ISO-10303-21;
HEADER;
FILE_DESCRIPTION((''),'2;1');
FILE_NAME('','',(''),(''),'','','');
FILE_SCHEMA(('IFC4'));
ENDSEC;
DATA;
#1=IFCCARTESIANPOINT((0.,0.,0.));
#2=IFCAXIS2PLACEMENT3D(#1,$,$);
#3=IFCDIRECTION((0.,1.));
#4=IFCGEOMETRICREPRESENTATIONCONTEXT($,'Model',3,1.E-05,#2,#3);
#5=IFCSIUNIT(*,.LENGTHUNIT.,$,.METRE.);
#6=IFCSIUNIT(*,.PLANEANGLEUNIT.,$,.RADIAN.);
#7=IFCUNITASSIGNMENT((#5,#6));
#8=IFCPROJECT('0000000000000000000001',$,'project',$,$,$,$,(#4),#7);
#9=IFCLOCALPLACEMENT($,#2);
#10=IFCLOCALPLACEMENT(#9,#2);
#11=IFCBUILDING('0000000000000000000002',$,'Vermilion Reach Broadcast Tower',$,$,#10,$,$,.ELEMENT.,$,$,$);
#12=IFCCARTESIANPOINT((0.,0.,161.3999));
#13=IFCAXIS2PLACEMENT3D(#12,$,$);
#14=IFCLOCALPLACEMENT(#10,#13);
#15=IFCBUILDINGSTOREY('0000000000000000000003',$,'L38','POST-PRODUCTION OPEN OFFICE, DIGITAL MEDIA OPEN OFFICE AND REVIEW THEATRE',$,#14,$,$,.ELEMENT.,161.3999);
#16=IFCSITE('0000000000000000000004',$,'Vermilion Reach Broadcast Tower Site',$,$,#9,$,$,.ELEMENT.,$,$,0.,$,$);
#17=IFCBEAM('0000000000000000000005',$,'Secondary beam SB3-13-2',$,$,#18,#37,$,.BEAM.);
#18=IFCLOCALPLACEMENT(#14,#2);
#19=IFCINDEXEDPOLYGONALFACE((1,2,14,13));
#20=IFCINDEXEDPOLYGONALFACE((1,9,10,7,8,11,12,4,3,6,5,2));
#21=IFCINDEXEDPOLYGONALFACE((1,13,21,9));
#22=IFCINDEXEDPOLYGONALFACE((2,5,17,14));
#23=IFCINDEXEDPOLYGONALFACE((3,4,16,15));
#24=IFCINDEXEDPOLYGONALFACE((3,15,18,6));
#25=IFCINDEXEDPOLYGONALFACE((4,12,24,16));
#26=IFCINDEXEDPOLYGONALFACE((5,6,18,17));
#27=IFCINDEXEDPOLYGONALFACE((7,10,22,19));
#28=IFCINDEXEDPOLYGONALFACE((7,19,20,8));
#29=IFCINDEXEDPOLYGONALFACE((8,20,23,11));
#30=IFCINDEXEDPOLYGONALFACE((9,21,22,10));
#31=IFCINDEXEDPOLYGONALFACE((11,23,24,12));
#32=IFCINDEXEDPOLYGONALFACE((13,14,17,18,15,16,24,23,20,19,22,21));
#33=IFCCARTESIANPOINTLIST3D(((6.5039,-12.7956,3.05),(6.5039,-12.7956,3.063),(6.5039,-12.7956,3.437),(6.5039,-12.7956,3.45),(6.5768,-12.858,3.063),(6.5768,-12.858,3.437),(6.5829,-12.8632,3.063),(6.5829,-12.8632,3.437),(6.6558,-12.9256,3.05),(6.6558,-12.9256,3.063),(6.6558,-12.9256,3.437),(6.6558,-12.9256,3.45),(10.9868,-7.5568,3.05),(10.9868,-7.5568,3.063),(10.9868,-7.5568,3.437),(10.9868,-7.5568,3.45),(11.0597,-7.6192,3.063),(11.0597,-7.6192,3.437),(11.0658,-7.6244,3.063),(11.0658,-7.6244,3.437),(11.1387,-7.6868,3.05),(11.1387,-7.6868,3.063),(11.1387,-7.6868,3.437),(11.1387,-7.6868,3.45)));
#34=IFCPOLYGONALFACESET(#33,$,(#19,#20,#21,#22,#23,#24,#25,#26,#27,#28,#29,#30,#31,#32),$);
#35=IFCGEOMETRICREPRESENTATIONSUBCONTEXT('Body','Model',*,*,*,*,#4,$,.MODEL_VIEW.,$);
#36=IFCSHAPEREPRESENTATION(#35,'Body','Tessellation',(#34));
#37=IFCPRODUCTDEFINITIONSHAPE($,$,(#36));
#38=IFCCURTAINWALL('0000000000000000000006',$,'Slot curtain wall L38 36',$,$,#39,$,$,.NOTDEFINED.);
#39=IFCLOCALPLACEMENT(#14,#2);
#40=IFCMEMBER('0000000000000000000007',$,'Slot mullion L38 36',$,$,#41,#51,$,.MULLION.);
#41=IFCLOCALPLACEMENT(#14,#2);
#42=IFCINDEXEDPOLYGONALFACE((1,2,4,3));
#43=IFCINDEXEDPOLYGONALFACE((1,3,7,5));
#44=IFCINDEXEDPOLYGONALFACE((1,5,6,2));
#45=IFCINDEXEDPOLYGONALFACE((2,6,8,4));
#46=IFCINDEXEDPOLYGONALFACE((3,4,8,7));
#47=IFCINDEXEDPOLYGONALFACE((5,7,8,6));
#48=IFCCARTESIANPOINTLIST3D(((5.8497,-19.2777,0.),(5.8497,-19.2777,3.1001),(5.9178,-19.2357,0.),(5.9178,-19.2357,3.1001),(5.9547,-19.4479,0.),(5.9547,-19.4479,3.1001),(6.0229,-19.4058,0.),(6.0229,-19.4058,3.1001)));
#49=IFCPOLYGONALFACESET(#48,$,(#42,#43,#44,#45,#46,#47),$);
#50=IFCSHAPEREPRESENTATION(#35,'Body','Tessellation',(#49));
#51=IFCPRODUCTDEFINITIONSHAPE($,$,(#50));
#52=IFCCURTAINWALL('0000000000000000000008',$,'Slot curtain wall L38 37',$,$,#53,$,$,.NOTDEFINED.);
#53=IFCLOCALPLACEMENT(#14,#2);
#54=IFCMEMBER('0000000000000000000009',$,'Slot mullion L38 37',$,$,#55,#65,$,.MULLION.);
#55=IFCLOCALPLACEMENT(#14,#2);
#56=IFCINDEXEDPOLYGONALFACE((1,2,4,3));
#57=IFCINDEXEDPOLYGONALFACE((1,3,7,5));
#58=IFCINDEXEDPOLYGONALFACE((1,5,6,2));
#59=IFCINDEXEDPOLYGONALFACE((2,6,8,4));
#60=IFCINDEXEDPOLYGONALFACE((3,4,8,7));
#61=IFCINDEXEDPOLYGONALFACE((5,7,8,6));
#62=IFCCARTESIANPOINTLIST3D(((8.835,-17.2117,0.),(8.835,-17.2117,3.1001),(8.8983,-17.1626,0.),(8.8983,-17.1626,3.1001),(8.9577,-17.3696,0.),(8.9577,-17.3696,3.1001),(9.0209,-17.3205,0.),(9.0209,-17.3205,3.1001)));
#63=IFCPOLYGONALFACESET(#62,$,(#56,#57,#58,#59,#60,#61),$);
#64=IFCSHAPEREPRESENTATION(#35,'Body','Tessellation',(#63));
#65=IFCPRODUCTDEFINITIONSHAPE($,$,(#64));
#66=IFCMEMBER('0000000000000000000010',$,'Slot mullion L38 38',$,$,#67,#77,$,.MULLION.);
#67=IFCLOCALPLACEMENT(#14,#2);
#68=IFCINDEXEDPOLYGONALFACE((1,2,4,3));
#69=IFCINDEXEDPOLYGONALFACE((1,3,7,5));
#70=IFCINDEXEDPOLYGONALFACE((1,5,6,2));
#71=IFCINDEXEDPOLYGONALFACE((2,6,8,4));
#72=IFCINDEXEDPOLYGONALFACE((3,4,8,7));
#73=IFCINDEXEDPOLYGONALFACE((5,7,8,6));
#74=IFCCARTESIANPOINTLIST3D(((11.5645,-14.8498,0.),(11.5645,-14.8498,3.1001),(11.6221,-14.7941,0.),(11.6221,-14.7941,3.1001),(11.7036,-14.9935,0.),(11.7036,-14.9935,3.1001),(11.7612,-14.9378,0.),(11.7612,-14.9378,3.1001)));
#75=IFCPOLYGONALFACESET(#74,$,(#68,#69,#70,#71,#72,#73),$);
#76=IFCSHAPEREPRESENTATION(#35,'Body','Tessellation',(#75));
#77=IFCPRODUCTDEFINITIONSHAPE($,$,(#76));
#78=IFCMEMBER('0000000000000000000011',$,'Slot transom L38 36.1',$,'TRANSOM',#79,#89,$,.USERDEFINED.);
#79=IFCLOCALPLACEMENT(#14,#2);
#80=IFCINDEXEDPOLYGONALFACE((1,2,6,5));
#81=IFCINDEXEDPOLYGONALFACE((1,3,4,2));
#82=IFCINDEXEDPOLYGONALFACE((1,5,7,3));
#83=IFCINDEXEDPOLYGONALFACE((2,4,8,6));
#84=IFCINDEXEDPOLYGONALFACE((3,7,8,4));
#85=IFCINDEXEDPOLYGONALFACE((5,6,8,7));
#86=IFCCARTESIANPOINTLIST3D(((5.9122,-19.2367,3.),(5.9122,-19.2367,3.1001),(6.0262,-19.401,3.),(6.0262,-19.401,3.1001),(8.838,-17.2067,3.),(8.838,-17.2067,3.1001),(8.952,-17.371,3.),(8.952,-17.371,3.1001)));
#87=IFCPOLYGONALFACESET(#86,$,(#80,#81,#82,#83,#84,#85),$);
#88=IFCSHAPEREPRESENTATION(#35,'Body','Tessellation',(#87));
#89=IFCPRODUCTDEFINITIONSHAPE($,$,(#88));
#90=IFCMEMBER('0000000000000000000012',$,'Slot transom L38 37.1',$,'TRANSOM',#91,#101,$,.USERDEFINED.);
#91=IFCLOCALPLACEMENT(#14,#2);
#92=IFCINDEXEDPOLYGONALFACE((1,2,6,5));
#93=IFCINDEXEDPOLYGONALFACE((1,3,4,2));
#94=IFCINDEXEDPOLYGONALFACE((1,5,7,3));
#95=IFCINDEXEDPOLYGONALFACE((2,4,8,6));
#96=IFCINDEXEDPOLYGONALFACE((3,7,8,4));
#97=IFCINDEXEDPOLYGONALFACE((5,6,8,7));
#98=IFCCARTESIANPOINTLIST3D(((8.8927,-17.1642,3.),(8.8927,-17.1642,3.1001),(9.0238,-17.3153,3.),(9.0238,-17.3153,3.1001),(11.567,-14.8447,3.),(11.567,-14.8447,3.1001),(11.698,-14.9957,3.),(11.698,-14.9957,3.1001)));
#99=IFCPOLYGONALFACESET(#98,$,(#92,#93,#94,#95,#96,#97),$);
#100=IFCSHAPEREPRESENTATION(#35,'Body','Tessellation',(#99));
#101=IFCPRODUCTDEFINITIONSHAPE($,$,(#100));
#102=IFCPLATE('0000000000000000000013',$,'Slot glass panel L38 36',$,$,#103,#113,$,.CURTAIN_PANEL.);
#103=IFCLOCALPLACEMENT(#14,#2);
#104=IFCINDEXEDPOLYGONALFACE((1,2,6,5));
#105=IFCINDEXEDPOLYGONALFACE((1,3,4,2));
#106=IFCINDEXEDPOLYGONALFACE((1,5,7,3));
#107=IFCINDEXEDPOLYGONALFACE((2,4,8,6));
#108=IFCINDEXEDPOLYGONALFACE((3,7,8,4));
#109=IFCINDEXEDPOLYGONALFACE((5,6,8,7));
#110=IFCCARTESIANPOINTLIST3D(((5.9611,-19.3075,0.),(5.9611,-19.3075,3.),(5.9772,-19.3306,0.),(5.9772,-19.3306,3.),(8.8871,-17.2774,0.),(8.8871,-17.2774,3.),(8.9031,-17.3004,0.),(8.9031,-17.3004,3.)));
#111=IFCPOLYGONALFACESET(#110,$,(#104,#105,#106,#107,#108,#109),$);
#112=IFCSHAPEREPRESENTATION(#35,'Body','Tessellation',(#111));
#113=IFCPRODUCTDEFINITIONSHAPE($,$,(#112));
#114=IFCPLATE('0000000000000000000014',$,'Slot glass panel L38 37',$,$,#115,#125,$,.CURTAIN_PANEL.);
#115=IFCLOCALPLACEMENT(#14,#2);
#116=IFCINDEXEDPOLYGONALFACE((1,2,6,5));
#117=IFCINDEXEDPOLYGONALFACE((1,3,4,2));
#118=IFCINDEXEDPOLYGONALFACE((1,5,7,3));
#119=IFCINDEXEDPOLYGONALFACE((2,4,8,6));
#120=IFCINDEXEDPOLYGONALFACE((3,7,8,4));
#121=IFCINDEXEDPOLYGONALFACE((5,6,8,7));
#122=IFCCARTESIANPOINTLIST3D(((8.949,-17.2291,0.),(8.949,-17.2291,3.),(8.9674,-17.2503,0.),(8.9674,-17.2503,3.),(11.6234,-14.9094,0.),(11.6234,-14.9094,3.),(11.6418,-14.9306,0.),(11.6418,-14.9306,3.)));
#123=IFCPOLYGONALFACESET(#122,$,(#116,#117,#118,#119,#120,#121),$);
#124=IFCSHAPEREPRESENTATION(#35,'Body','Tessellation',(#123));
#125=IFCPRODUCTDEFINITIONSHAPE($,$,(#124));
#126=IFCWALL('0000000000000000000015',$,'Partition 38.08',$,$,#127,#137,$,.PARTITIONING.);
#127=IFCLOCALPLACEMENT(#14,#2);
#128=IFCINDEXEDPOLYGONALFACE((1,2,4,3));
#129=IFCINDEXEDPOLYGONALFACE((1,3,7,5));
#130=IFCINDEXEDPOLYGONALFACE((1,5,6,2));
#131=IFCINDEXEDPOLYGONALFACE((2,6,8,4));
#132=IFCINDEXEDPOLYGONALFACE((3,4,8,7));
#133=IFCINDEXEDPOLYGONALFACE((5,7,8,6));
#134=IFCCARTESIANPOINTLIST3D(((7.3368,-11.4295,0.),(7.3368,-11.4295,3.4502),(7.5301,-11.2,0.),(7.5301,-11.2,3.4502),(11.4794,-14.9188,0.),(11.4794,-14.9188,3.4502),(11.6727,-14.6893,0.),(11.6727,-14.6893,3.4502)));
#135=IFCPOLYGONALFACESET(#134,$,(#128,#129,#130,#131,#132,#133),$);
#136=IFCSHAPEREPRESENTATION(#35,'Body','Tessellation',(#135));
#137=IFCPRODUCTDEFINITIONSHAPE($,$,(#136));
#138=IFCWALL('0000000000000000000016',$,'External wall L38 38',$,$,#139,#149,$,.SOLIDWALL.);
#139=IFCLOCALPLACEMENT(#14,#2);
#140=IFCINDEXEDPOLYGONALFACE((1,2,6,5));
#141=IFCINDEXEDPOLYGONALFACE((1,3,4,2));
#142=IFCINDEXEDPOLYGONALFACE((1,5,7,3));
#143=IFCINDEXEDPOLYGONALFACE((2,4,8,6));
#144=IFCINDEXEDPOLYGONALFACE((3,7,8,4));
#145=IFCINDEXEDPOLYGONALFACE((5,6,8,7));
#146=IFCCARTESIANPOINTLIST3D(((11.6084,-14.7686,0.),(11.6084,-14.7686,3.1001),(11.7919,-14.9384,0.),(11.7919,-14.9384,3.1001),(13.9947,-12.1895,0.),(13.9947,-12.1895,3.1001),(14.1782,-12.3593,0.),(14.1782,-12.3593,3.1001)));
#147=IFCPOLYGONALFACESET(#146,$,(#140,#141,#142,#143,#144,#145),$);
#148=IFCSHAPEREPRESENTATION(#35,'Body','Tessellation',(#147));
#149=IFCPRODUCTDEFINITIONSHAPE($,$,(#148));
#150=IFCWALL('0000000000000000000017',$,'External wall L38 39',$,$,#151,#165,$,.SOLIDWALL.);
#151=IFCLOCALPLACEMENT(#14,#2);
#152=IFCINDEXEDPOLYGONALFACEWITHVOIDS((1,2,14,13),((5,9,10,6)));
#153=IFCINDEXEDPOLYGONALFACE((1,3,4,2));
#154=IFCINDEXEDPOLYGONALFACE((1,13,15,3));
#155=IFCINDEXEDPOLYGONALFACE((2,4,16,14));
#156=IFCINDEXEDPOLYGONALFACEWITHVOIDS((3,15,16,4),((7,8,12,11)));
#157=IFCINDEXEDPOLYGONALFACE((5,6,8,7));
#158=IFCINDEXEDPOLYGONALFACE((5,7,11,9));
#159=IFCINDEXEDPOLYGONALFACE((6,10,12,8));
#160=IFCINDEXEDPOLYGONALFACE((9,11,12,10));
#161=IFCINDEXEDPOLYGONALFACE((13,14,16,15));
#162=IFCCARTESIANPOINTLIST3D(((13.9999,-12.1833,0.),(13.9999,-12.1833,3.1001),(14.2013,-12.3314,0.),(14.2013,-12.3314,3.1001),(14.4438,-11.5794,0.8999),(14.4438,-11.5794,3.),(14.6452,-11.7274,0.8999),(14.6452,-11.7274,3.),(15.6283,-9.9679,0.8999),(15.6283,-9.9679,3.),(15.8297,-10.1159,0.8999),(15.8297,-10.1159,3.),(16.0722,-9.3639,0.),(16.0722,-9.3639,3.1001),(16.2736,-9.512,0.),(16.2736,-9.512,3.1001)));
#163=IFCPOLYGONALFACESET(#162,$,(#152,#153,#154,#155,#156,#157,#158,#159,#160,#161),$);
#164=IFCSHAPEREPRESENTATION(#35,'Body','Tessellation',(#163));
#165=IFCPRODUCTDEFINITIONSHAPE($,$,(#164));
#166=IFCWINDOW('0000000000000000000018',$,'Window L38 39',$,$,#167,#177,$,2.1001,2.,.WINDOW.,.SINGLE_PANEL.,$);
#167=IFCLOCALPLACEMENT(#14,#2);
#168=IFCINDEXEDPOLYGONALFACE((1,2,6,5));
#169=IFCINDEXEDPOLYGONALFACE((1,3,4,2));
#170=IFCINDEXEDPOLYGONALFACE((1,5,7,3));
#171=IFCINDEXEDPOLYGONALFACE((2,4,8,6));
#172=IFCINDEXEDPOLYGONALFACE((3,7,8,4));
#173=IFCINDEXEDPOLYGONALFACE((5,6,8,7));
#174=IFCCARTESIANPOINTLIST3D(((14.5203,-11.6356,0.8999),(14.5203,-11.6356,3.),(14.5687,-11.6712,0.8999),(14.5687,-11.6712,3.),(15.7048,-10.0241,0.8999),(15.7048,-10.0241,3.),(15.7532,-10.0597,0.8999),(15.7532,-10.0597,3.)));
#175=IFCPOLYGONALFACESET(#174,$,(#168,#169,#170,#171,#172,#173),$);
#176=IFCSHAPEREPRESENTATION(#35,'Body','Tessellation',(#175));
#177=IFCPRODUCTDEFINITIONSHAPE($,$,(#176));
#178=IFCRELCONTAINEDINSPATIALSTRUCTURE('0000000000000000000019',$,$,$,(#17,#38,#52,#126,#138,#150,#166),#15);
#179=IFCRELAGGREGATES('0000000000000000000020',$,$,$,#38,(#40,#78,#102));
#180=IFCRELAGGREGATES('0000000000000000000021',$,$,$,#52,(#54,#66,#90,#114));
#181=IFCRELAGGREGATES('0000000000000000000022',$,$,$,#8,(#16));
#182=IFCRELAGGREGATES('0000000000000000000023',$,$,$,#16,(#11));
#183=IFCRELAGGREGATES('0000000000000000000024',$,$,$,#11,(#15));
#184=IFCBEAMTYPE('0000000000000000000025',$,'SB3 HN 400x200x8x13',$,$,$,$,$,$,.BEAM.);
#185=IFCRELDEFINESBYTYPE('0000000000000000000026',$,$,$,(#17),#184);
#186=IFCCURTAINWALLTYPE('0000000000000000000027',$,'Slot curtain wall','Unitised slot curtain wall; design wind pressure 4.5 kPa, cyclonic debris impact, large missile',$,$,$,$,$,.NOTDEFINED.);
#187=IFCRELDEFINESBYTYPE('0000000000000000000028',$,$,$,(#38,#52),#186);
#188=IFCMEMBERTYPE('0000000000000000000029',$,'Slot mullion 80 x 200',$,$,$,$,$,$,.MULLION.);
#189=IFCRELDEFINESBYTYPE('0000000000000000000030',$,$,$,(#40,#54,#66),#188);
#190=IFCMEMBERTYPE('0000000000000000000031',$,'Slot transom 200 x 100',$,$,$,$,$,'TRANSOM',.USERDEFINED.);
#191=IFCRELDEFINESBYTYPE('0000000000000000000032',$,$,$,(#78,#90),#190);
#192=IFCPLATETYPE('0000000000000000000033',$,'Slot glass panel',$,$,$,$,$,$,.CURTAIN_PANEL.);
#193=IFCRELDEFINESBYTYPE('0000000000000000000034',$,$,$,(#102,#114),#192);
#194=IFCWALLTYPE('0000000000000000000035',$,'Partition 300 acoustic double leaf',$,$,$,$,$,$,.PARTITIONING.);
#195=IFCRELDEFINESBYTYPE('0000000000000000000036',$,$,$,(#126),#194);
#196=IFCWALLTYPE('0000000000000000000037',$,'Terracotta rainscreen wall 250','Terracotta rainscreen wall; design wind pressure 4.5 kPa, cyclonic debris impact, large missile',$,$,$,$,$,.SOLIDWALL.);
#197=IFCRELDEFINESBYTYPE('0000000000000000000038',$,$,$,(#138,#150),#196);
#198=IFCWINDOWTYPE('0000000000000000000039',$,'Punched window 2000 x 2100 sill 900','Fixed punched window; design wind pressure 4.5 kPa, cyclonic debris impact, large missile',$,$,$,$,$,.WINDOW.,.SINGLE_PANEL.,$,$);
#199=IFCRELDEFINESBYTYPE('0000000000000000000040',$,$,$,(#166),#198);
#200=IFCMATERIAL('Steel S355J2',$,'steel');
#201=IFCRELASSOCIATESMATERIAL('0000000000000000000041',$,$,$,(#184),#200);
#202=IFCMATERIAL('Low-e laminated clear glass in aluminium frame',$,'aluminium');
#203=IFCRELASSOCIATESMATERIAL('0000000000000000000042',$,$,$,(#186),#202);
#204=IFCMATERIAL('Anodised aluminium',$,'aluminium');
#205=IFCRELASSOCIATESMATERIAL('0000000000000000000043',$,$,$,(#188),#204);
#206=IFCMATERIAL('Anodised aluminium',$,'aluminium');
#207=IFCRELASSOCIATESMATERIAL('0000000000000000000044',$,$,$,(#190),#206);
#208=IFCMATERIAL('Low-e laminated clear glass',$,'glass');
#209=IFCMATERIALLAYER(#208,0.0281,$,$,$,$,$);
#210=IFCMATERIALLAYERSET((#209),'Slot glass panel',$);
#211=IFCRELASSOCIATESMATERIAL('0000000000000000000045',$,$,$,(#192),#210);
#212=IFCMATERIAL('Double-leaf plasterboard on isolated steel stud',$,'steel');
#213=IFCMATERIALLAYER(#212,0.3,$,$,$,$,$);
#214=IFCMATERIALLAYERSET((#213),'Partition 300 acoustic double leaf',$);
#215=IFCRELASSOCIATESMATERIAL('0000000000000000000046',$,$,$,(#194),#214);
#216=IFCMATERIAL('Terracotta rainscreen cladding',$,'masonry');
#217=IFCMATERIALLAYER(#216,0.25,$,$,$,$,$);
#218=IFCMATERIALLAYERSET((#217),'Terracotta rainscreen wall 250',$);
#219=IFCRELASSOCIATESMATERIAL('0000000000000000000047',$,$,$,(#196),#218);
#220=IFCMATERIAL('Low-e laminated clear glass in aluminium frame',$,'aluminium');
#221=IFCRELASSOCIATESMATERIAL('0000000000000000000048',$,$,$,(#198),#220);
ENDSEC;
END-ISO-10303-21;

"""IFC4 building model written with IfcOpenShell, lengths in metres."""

from ifc_helpers import new_model, si_unit, direction, frame, frame_2d, origin, origin_2d, place, context, subcontext, project, spatial, rectangle, i_section, extrude, material, layer, layer_set, material_profile, profile_set, type_object, element, fill, aggregate, save


model = new_model("IFC4")

# Units and contexts
model_context = context("Model", 3, precision=1e-05, world=origin(), true_north=direction((0.0, 1.0)))
body_context = subcontext(model_context, "Body", "Model", "MODEL_VIEW")
ifc_project = project(units=[si_unit("LENGTHUNIT", "METRE"), si_unit("PLANEANGLEUNIT", "RADIAN")], contexts=[model_context])

# Site, building, storey
site_placement = place(None, origin())
site = spatial("IfcSite", under=ifc_project, at=site_placement, Name="Vermilion Reach Broadcast Tower Site", CompositionType="ELEMENT", RefElevation=0.0)
building_placement = place(site_placement, origin())
building = spatial("IfcBuilding", under=site, at=building_placement, Name="Vermilion Reach Broadcast Tower", CompositionType="ELEMENT")
storey_placement = place(building_placement, frame((0.0, 0.0, 161.3999)))
storey = spatial("IfcBuildingStorey", under=building, at=storey_placement, Name="L38", Description="POST-PRODUCTION OPEN OFFICE, DIGITAL MEDIA OPEN OFFICE AND REVIEW THEATRE", CompositionType="ELEMENT", Elevation=161.3999)

# Beam
ifc_material_1 = material(Name="Steel S355J2", Category="steel")
ifc_material_profile_1 = material_profile(ifc_material_1, i_section(OverallWidth=0.2, OverallDepth=0.3999, WebThickness=0.0081, FlangeThickness=0.0129, at=origin_2d()), Name="S355J2 HN 400x200x8x13")
ifc_profile_set_1 = profile_set([ifc_material_profile_1], Name="Steel S355J2")
beam_type_1 = type_object("IfcBeamType", Name="SB3 HN 400x200x8x13", PredefinedType="BEAM", material=ifc_profile_set_1)
beam_1_placement = place(storey_placement, frame((6.5798, -12.8606, 3.25), z_axis=(0.650167, 0.759791, 0.0), x_axis=(-0.759791, 0.650167, 0.0)))
element("IfcBeam", 1, at=beam_1_placement, inside=storey, type_object=beam_type_1, Name="Secondary beam SB3-13-2", PredefinedType="BEAM", context=body_context, shape_type="SweptSolid", body=[
    extrude(i_section(OverallWidth=0.2, OverallDepth=0.3999, WebThickness=0.0081, FlangeThickness=0.0129, at=origin_2d()), origin(), (0.0, 0.0, 1.0), 6.895),
])

# Curtain wall, member
ifc_material_2 = material(Name="Low-e laminated clear glass in aluminium frame", Category="aluminium")
curtain_wall_type = type_object("IfcCurtainWallType", Name="Slot curtain wall", Description="Unitised slot curtain wall; design wind pressure 4.5 kPa, cyclonic debris impact, large missile", PredefinedType="NOTDEFINED", material=ifc_material_2)
placement = place(storey_placement, origin())
curtain_wall_1 = element("IfcCurtainWall", 2, at=placement, inside=storey, type_object=curtain_wall_type, Name="Slot curtain wall L38 36", PredefinedType="NOTDEFINED")
ifc_material_3 = material(Name="Anodised aluminium", Category="aluminium")
ifc_material_profile_2 = material_profile(ifc_material_3, rectangle(XDim=0.2, YDim=0.0801, at=origin_2d()), Name="Slot mullion 80 x 200")
ifc_profile_set_2 = profile_set([ifc_material_profile_2], Name="Anodised aluminium")
member_type_1 = type_object("IfcMemberType", Name="Slot mullion 80 x 200", PredefinedType="MULLION", material=ifc_profile_set_2)
member_1_placement = place(storey_placement, frame((5.9363, -19.3418, 0.0), z_axis=(0.0, 0.0, 1.0), x_axis=(-0.525175, 0.850994, 0.0)))
member_1 = element("IfcMember", 3, at=member_1_placement, type_object=member_type_1, Name="Slot mullion L38 36", PredefinedType="MULLION", context=body_context, shape_type="SweptSolid", body=[
    extrude(rectangle(XDim=0.2, YDim=0.0801, at=origin_2d()), origin(), (0.0, 0.0, 1.0), 3.1001),
])

# Curtain wall, members
curtain_wall_2 = element("IfcCurtainWall", 4, at=placement, inside=storey, type_object=curtain_wall_type, Name="Slot curtain wall L38 37", PredefinedType="NOTDEFINED")
member_2_placement = place(storey_placement, frame((8.928, -17.2661, 0.0), z_axis=(0.0, 0.0, 1.0), x_axis=(-0.61354, 0.789663, 0.0)))
member_2 = element("IfcMember", 5, at=member_2_placement, type_object=member_type_1, Name="Slot mullion L38 37", PredefinedType="MULLION", context=body_context, shape_type="SweptSolid", body=[
    extrude(rectangle(XDim=0.2, YDim=0.0801, at=origin_2d()), origin(), (0.0, 0.0, 1.0), 3.1001),
])
member_3_placement = place(storey_placement, frame((11.6628, -14.8938, 0.0), z_axis=(0.0, 0.0, 1.0), x_axis=(-0.695675, 0.718357, 0.0)))
member_3 = element("IfcMember", 6, at=member_3_placement, type_object=member_type_1, Name="Slot mullion L38 38", PredefinedType="MULLION", context=body_context, shape_type="SweptSolid", body=[
    extrude(rectangle(XDim=0.2, YDim=0.0801, at=origin_2d()), origin(), (0.0, 0.0, 1.0), 3.1001),
])

# Members
ifc_material_4 = material(Name="Anodised aluminium", Category="aluminium")
ifc_material_profile_3 = material_profile(ifc_material_4, rectangle(XDim=0.2, YDim=0.1001, at=origin_2d()), Name="Slot transom 200 x 100")
ifc_profile_set_3 = profile_set([ifc_material_profile_3], Name="Anodised aluminium")
member_type_2 = type_object("IfcMemberType", Name="Slot transom 200 x 100", ElementType="TRANSOM", PredefinedType="USERDEFINED", material=ifc_profile_set_3)
member_4_placement = place(storey_placement, frame((5.9692, -19.3188, 3.05), z_axis=(0.821602, 0.570062, 0.0), x_axis=(-0.570062, 0.821602, 0.0)))
member_4 = element("IfcMember", 7, at=member_4_placement, type_object=member_type_2, Name="Slot transom L38 36.1", ObjectType="TRANSOM", PredefinedType="USERDEFINED", context=body_context, shape_type="SweptSolid", body=[
    extrude(rectangle(XDim=0.2, YDim=0.1001, at=origin_2d()), origin(), (0.0, 0.0, 1.0), 3.561),
])
member_5_placement = place(storey_placement, frame((8.9583, -17.2397, 3.05), z_axis=(0.755432, 0.655227, 0.0), x_axis=(-0.655227, 0.755432, 0.0)))
member_5 = element("IfcMember", 8, at=member_5_placement, type_object=member_type_2, Name="Slot transom L38 37.1", ObjectType="TRANSOM", PredefinedType="USERDEFINED", context=body_context, shape_type="SweptSolid", body=[
    extrude(rectangle(XDim=0.2, YDim=0.1001, at=origin_2d()), origin(), (0.0, 0.0, 1.0), 3.54),
])

# Plates
ifc_material_5 = material(Name="Low-e laminated clear glass", Category="glass")
ifc_layer_1 = layer(ifc_material_5, 0.0281)
ifc_layer_set_1 = layer_set([ifc_layer_1], Name="Slot glass panel")
plate_type = type_object("IfcPlateType", Name="Slot glass panel", PredefinedType="CURTAIN_PANEL", material=ifc_layer_set_1)
plate_1_placement = place(storey_placement, frame((7.4321, -18.304, 0.0), z_axis=(0.0, 0.0, 1.0), x_axis=(0.821604, 0.570059, 0.0)))
plate_1 = element("IfcPlate", 9, at=plate_1_placement, type_object=plate_type, Name="Slot glass panel L38 36", PredefinedType="CURTAIN_PANEL", context=body_context, shape_type="SweptSolid", body=[
    extrude(rectangle(XDim=3.5613, YDim=0.0281, at=origin_2d()), origin(), (0.0, 0.0, 1.0), 3.0),
])
aggregate(curtain_wall_1, [member_1, member_4, plate_1])
plate_2_placement = place(storey_placement, frame((10.2954, -16.0798, 0.0), z_axis=(0.0, 0.0, 1.0), x_axis=(0.755424, 0.655236, 0.0)))
plate_2 = element("IfcPlate", 10, at=plate_2_placement, type_object=plate_type, Name="Slot glass panel L38 37", PredefinedType="CURTAIN_PANEL", context=body_context, shape_type="SweptSolid", body=[
    extrude(rectangle(XDim=3.5403, YDim=0.0281, at=origin_2d()), origin(), (0.0, 0.0, 1.0), 3.0),
])
aggregate(curtain_wall_2, [member_2, member_3, member_5, plate_2])

# Walls
ifc_material_6 = material(Name="Double-leaf plasterboard on isolated steel stud", Category="steel")
ifc_layer_2 = layer(ifc_material_6, 0.3)
ifc_layer_set_2 = layer_set([ifc_layer_2], Name="Partition 300 acoustic double leaf")
wall_type_1 = type_object("IfcWallType", Name="Partition 300 acoustic double leaf", PredefinedType="PARTITIONING", material=ifc_layer_set_2)
wall_1_placement = place(storey_placement, frame((11.5759, -14.804, 0.0), z_axis=(0.0, 0.0, 1.0), x_axis=(-0.764841, 0.644219, 0.0)))
element("IfcWall", 11, at=wall_1_placement, inside=storey, type_object=wall_type_1, Name="Partition 38.08", PredefinedType="PARTITIONING", context=body_context, shape_type="SweptSolid", body=[
    extrude(rectangle(XDim=5.4163, YDim=0.3, at=frame_2d((2.708, 0.0))), origin(), (0.0, 0.0, 1.0), 3.4502),
])
ifc_material_7 = material(Name="Terracotta rainscreen cladding", Category="masonry")
ifc_layer_3 = layer(ifc_material_7, 0.25)
ifc_layer_set_3 = layer_set([ifc_layer_3], Name="Terracotta rainscreen wall 250")
wall_type_2 = type_object("IfcWallType", Name="Terracotta rainscreen wall 250", Description="Terracotta rainscreen wall; design wind pressure 4.5 kPa, cyclonic debris impact, large missile", PredefinedType="SOLIDWALL", material=ifc_layer_set_3)
wall_2_placement = place(storey_placement, frame((11.7002, -14.8535, 0.0), z_axis=(0.0, 0.0, 1.0), x_axis=(0.679128, 0.73402, 0.0)))
element("IfcWall", 12, at=wall_2_placement, inside=storey, type_object=wall_type_2, Name="External wall L38 38", PredefinedType="SOLIDWALL", context=body_context, shape_type="SweptSolid", body=[
    extrude(rectangle(XDim=3.5137, YDim=0.25, at=frame_2d((1.7568, 0.0))), origin(), (0.0, 0.0, 1.0), 3.1001),
])

# Wall, opening, window
wall_3_placement = place(storey_placement, frame((14.1006, -12.2573, 0.0), z_axis=(0.0, 0.0, 1.0), x_axis=(0.592247, 0.805757, 0.0)))
wall_3 = element("IfcWall", 13, at=wall_3_placement, inside=storey, type_object=wall_type_2, Name="External wall L38 39", PredefinedType="SOLIDWALL", context=body_context, shape_type="SweptSolid", body=[
    extrude(rectangle(XDim=3.499, YDim=0.25, at=frame_2d((1.7495, 0.0))), origin(), (0.0, 0.0, 1.0), 3.1001),
])
opening_placement = place(wall_3_placement, frame((0.7495, 0.0, 0.8999)))
opening = element("IfcOpeningElement", 14, at=opening_placement, cuts=wall_3, PredefinedType="OPENING", context=body_context, shape_type="SweptSolid", body=[
    extrude(rectangle(XDim=2.0, YDim=2.1001, at=frame_2d((1.0, 1.05))), frame((0.0, 0.135, 0.0), z_axis=(0.0, -1.0, 0.0), x_axis=(1.0, 0.0, 0.0)), (0.0, 0.0, 1.0), 0.27),
])
ifc_material_8 = material(Name="Low-e laminated clear glass in aluminium frame", Category="aluminium")
window_type = type_object("IfcWindowType", Name="Punched window 2000 x 2100 sill 900", Description="Fixed punched window; design wind pressure 4.5 kPa, cyclonic debris impact, large missile", PartitioningType="SINGLE_PANEL", PredefinedType="WINDOW", material=ifc_material_8)
window_placement = place(opening_placement, origin())
window = element("IfcWindow", 15, at=window_placement, inside=storey, type_object=window_type, Name="Window L38 39", OverallHeight=2.1001, OverallWidth=2.0, PartitioningType="SINGLE_PANEL", PredefinedType="WINDOW", context=body_context, shape_type="SweptSolid", body=[
    extrude(rectangle(XDim=2.0, YDim=2.1001, at=frame_2d((1.0, 1.05))), frame((0.0, 0.03, 0.0), z_axis=(0.0, -1.0, 0.0), x_axis=(1.0, 0.0, 0.0)), (0.0, 0.0, 1.0), 0.0601),
])
fill(opening, window)

save(model, "model.ifc")
